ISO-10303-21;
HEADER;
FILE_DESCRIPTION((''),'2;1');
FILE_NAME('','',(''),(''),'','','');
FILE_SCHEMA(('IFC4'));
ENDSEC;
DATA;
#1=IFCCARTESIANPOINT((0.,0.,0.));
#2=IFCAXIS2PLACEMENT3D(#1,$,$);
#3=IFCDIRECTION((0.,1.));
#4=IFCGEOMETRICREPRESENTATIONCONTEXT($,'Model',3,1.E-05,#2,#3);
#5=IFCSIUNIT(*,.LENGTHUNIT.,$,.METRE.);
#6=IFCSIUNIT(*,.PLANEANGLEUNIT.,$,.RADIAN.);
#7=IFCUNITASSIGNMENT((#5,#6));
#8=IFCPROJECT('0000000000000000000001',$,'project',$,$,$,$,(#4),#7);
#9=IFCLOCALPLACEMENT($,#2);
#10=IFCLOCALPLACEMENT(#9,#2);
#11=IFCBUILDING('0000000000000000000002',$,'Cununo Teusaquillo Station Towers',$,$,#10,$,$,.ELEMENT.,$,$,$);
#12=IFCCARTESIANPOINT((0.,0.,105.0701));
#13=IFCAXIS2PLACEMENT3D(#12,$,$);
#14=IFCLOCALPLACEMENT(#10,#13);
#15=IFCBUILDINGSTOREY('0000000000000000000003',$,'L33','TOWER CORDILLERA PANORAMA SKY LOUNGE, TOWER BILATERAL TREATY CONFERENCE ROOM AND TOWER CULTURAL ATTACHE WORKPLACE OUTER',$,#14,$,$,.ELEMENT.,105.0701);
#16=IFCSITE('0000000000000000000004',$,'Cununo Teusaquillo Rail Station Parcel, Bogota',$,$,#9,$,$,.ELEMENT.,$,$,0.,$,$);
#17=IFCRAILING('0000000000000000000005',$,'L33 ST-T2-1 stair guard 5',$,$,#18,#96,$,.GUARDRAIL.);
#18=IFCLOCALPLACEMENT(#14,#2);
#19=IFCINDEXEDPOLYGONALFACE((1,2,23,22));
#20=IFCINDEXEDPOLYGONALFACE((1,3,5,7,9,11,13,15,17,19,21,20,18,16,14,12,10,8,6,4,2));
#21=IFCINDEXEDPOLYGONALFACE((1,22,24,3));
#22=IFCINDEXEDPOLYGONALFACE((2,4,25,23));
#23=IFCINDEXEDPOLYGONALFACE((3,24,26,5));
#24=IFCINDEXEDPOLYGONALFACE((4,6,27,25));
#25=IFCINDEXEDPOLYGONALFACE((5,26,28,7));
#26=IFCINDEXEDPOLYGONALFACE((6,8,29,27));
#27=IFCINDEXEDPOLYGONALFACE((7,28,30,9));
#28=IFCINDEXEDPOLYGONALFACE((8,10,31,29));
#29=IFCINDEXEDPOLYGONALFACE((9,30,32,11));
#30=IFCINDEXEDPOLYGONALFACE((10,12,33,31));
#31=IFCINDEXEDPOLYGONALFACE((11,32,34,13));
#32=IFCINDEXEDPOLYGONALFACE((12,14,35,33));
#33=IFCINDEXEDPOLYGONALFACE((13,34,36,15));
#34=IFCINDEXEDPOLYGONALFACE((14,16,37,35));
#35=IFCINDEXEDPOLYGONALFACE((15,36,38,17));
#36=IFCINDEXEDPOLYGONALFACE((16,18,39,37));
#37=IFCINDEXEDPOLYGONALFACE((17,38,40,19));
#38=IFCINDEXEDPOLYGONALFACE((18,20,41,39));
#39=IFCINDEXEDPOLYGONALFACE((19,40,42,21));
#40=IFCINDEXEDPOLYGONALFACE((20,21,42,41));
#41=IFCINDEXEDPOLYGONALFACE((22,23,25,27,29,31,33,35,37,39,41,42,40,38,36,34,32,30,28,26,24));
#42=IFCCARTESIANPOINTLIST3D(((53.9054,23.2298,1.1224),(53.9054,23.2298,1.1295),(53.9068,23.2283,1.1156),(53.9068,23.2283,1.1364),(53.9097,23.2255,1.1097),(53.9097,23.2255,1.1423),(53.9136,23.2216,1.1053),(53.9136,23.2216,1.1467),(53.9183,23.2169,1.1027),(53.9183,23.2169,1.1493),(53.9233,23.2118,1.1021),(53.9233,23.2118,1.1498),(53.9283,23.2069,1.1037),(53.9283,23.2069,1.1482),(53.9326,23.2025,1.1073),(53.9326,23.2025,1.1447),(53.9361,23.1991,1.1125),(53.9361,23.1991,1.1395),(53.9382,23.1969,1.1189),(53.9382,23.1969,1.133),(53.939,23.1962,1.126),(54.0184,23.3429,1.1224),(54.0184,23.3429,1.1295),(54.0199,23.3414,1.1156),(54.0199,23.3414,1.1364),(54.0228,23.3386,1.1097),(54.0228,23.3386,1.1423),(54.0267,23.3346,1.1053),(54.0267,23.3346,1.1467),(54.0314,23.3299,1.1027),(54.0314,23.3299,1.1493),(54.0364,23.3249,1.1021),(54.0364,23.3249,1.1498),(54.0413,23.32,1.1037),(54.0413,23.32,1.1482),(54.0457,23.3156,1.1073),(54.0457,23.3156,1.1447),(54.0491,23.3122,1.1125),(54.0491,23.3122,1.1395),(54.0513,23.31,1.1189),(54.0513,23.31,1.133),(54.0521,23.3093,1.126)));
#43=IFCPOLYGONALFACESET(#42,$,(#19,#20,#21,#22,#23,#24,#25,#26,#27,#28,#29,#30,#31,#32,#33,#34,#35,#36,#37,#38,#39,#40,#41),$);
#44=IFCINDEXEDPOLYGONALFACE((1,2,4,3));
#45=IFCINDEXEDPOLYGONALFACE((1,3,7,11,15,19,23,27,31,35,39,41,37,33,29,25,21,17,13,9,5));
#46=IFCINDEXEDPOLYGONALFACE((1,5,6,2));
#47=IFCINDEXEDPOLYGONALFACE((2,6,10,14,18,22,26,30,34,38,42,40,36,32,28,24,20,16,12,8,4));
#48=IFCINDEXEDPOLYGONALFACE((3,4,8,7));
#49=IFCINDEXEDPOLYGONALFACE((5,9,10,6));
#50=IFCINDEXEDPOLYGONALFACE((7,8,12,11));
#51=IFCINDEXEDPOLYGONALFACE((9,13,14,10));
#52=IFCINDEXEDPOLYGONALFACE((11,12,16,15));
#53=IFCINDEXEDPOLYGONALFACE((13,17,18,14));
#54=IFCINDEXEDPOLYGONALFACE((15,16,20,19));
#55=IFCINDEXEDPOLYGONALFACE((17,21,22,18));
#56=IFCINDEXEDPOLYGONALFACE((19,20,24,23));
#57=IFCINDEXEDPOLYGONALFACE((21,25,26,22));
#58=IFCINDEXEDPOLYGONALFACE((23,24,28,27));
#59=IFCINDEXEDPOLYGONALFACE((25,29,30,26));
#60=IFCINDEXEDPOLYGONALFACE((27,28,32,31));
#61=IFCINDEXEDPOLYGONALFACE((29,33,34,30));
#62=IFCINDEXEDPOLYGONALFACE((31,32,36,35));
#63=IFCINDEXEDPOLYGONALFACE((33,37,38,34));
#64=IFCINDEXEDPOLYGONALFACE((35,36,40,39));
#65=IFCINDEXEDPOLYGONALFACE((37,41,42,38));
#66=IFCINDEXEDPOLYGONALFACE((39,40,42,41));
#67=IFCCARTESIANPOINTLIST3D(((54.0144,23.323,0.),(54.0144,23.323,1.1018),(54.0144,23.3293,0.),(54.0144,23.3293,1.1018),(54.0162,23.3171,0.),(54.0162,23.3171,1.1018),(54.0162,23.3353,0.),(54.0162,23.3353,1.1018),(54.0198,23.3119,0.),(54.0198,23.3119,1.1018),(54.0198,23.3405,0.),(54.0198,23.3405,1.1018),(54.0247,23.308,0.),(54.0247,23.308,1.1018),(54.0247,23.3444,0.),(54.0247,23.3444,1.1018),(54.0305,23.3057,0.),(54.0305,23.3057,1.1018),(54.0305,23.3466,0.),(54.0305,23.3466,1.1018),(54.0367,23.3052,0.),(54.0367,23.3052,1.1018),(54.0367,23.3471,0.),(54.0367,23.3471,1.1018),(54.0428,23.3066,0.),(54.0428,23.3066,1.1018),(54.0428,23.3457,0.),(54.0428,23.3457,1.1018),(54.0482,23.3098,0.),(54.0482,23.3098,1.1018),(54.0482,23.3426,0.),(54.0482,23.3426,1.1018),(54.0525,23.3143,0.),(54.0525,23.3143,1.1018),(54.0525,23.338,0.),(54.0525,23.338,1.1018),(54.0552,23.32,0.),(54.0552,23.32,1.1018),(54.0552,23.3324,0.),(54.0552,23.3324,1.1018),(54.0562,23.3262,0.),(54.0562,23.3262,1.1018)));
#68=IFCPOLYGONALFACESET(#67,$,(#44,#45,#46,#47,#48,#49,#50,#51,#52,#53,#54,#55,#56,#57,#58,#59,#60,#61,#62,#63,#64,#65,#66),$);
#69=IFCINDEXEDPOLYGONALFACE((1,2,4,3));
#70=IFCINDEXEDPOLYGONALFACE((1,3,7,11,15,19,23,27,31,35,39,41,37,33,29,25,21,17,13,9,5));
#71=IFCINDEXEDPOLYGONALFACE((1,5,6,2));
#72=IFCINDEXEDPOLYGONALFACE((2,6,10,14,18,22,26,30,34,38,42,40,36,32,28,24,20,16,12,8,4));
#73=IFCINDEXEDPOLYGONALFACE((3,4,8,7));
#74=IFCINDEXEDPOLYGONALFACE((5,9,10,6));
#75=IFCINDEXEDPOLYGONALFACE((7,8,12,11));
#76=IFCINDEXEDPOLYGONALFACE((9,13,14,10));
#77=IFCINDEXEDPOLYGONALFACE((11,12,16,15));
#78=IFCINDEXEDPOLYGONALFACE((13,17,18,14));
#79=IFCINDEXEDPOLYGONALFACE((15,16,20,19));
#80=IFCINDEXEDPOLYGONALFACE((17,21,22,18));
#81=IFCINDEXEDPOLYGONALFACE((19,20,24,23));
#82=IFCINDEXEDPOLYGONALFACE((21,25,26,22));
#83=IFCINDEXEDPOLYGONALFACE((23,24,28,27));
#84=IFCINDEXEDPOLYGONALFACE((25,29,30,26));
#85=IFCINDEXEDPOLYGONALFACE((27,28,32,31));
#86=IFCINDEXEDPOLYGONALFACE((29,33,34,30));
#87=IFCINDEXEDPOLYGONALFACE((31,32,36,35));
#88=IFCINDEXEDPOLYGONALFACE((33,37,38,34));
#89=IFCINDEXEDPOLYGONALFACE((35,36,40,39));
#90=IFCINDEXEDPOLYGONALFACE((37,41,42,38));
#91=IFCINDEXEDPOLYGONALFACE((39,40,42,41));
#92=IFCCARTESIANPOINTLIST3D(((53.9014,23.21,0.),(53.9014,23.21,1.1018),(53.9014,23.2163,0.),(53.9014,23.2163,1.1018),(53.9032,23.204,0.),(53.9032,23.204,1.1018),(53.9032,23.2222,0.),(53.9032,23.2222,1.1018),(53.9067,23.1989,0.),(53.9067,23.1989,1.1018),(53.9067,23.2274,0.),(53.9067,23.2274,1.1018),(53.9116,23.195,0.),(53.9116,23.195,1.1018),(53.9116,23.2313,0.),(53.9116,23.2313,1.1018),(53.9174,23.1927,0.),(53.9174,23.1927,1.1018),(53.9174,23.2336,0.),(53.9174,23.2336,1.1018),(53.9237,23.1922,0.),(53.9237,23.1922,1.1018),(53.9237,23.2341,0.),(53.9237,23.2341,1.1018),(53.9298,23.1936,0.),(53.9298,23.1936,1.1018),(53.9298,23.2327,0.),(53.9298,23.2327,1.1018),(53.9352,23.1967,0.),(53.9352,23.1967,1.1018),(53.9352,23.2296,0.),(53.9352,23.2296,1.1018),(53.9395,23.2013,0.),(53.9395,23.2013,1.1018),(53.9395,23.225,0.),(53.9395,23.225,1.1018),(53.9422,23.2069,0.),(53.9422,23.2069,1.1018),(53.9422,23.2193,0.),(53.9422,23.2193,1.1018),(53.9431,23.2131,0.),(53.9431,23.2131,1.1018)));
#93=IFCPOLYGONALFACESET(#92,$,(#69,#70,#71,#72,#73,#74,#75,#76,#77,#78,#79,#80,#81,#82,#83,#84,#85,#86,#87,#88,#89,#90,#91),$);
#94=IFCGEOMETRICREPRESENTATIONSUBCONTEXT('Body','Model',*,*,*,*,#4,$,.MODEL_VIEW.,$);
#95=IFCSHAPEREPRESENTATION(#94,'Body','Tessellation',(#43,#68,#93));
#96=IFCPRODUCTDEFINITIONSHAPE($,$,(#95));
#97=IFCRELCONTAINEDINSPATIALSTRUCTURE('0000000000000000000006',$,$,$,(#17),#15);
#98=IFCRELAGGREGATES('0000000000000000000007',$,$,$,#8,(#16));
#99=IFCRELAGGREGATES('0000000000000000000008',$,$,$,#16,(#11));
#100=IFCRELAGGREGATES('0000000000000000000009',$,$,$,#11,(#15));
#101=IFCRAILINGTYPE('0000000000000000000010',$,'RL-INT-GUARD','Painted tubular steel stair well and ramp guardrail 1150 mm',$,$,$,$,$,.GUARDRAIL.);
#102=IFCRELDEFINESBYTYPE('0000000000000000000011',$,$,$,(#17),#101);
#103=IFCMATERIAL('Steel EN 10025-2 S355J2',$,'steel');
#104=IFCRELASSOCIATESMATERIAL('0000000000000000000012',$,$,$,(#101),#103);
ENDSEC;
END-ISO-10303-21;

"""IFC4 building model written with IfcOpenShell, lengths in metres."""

from ifc_helpers import new_model, si_unit, direction, frame, origin, origin_2d, place, context, subcontext, project, spatial, circle, extrude, material, type_object, element, save


model = new_model("IFC4")

# Units and contexts
model_context = context("Model", 3, precision=1e-05, world=origin(), true_north=direction((0.0, 1.0)))
body_context = subcontext(model_context, "Body", "Model", "MODEL_VIEW")
ifc_project = project(units=[si_unit("LENGTHUNIT", "METRE"), si_unit("PLANEANGLEUNIT", "RADIAN")], contexts=[model_context])

# Site, building, storey
site_placement = place(None, origin())
site = spatial("IfcSite", under=ifc_project, at=site_placement, Name="Cununo Teusaquillo Rail Station Parcel, Bogota", CompositionType="ELEMENT", RefElevation=0.0)
building_placement = place(site_placement, origin())
building = spatial("IfcBuilding", under=site, at=building_placement, Name="Cununo Teusaquillo Station Towers", CompositionType="ELEMENT")
storey_placement = place(building_placement, frame((0.0, 0.0, 105.0701)))
storey = spatial("IfcBuildingStorey", under=building, at=storey_placement, Name="L33", Description="TOWER CORDILLERA PANORAMA SKY LOUNGE, TOWER BILATERAL TREATY CONFERENCE ROOM AND TOWER CULTURAL ATTACHE WORKPLACE OUTER", CompositionType="ELEMENT", Elevation=105.0701)

# Railing
ifc_material_1 = material(Name="Steel EN 10025-2 S355J2", Category="steel")
railing_type_1 = type_object("IfcRailingType", Name="RL-INT-GUARD", Description="Painted tubular steel stair well and ramp guardrail 1150 mm", PredefinedType="GUARDRAIL", material=ifc_material_1)
railing_1_placement = place(storey_placement, frame((54.0352, 23.3262, 0.0)))
element("IfcRailing", 1, at=railing_1_placement, inside=storey, type_object=railing_type_1, Name="L33 ST-T2-1 stair guard 5", PredefinedType="GUARDRAIL", context=body_context, shape_type="SweptSolid", body=[
    extrude(circle(Radius=0.0239, at=origin_2d()), frame((0.0, 0.0, 1.126), z_axis=(-0.707107, -0.707107, 0.0), x_axis=(0.707107, -0.707107, 0.0)), (0.0, 0.0, 1.0), 0.1599),
    extrude(circle(Radius=0.021, at=origin_2d()), origin(), (0.0, 0.0, 1.0), 1.1018),
    extrude(circle(Radius=0.021, at=origin_2d()), frame((-0.113, -0.113, 0.0)), (0.0, 0.0, 1.0), 1.1018),
])

save(model, "model.ifc")
